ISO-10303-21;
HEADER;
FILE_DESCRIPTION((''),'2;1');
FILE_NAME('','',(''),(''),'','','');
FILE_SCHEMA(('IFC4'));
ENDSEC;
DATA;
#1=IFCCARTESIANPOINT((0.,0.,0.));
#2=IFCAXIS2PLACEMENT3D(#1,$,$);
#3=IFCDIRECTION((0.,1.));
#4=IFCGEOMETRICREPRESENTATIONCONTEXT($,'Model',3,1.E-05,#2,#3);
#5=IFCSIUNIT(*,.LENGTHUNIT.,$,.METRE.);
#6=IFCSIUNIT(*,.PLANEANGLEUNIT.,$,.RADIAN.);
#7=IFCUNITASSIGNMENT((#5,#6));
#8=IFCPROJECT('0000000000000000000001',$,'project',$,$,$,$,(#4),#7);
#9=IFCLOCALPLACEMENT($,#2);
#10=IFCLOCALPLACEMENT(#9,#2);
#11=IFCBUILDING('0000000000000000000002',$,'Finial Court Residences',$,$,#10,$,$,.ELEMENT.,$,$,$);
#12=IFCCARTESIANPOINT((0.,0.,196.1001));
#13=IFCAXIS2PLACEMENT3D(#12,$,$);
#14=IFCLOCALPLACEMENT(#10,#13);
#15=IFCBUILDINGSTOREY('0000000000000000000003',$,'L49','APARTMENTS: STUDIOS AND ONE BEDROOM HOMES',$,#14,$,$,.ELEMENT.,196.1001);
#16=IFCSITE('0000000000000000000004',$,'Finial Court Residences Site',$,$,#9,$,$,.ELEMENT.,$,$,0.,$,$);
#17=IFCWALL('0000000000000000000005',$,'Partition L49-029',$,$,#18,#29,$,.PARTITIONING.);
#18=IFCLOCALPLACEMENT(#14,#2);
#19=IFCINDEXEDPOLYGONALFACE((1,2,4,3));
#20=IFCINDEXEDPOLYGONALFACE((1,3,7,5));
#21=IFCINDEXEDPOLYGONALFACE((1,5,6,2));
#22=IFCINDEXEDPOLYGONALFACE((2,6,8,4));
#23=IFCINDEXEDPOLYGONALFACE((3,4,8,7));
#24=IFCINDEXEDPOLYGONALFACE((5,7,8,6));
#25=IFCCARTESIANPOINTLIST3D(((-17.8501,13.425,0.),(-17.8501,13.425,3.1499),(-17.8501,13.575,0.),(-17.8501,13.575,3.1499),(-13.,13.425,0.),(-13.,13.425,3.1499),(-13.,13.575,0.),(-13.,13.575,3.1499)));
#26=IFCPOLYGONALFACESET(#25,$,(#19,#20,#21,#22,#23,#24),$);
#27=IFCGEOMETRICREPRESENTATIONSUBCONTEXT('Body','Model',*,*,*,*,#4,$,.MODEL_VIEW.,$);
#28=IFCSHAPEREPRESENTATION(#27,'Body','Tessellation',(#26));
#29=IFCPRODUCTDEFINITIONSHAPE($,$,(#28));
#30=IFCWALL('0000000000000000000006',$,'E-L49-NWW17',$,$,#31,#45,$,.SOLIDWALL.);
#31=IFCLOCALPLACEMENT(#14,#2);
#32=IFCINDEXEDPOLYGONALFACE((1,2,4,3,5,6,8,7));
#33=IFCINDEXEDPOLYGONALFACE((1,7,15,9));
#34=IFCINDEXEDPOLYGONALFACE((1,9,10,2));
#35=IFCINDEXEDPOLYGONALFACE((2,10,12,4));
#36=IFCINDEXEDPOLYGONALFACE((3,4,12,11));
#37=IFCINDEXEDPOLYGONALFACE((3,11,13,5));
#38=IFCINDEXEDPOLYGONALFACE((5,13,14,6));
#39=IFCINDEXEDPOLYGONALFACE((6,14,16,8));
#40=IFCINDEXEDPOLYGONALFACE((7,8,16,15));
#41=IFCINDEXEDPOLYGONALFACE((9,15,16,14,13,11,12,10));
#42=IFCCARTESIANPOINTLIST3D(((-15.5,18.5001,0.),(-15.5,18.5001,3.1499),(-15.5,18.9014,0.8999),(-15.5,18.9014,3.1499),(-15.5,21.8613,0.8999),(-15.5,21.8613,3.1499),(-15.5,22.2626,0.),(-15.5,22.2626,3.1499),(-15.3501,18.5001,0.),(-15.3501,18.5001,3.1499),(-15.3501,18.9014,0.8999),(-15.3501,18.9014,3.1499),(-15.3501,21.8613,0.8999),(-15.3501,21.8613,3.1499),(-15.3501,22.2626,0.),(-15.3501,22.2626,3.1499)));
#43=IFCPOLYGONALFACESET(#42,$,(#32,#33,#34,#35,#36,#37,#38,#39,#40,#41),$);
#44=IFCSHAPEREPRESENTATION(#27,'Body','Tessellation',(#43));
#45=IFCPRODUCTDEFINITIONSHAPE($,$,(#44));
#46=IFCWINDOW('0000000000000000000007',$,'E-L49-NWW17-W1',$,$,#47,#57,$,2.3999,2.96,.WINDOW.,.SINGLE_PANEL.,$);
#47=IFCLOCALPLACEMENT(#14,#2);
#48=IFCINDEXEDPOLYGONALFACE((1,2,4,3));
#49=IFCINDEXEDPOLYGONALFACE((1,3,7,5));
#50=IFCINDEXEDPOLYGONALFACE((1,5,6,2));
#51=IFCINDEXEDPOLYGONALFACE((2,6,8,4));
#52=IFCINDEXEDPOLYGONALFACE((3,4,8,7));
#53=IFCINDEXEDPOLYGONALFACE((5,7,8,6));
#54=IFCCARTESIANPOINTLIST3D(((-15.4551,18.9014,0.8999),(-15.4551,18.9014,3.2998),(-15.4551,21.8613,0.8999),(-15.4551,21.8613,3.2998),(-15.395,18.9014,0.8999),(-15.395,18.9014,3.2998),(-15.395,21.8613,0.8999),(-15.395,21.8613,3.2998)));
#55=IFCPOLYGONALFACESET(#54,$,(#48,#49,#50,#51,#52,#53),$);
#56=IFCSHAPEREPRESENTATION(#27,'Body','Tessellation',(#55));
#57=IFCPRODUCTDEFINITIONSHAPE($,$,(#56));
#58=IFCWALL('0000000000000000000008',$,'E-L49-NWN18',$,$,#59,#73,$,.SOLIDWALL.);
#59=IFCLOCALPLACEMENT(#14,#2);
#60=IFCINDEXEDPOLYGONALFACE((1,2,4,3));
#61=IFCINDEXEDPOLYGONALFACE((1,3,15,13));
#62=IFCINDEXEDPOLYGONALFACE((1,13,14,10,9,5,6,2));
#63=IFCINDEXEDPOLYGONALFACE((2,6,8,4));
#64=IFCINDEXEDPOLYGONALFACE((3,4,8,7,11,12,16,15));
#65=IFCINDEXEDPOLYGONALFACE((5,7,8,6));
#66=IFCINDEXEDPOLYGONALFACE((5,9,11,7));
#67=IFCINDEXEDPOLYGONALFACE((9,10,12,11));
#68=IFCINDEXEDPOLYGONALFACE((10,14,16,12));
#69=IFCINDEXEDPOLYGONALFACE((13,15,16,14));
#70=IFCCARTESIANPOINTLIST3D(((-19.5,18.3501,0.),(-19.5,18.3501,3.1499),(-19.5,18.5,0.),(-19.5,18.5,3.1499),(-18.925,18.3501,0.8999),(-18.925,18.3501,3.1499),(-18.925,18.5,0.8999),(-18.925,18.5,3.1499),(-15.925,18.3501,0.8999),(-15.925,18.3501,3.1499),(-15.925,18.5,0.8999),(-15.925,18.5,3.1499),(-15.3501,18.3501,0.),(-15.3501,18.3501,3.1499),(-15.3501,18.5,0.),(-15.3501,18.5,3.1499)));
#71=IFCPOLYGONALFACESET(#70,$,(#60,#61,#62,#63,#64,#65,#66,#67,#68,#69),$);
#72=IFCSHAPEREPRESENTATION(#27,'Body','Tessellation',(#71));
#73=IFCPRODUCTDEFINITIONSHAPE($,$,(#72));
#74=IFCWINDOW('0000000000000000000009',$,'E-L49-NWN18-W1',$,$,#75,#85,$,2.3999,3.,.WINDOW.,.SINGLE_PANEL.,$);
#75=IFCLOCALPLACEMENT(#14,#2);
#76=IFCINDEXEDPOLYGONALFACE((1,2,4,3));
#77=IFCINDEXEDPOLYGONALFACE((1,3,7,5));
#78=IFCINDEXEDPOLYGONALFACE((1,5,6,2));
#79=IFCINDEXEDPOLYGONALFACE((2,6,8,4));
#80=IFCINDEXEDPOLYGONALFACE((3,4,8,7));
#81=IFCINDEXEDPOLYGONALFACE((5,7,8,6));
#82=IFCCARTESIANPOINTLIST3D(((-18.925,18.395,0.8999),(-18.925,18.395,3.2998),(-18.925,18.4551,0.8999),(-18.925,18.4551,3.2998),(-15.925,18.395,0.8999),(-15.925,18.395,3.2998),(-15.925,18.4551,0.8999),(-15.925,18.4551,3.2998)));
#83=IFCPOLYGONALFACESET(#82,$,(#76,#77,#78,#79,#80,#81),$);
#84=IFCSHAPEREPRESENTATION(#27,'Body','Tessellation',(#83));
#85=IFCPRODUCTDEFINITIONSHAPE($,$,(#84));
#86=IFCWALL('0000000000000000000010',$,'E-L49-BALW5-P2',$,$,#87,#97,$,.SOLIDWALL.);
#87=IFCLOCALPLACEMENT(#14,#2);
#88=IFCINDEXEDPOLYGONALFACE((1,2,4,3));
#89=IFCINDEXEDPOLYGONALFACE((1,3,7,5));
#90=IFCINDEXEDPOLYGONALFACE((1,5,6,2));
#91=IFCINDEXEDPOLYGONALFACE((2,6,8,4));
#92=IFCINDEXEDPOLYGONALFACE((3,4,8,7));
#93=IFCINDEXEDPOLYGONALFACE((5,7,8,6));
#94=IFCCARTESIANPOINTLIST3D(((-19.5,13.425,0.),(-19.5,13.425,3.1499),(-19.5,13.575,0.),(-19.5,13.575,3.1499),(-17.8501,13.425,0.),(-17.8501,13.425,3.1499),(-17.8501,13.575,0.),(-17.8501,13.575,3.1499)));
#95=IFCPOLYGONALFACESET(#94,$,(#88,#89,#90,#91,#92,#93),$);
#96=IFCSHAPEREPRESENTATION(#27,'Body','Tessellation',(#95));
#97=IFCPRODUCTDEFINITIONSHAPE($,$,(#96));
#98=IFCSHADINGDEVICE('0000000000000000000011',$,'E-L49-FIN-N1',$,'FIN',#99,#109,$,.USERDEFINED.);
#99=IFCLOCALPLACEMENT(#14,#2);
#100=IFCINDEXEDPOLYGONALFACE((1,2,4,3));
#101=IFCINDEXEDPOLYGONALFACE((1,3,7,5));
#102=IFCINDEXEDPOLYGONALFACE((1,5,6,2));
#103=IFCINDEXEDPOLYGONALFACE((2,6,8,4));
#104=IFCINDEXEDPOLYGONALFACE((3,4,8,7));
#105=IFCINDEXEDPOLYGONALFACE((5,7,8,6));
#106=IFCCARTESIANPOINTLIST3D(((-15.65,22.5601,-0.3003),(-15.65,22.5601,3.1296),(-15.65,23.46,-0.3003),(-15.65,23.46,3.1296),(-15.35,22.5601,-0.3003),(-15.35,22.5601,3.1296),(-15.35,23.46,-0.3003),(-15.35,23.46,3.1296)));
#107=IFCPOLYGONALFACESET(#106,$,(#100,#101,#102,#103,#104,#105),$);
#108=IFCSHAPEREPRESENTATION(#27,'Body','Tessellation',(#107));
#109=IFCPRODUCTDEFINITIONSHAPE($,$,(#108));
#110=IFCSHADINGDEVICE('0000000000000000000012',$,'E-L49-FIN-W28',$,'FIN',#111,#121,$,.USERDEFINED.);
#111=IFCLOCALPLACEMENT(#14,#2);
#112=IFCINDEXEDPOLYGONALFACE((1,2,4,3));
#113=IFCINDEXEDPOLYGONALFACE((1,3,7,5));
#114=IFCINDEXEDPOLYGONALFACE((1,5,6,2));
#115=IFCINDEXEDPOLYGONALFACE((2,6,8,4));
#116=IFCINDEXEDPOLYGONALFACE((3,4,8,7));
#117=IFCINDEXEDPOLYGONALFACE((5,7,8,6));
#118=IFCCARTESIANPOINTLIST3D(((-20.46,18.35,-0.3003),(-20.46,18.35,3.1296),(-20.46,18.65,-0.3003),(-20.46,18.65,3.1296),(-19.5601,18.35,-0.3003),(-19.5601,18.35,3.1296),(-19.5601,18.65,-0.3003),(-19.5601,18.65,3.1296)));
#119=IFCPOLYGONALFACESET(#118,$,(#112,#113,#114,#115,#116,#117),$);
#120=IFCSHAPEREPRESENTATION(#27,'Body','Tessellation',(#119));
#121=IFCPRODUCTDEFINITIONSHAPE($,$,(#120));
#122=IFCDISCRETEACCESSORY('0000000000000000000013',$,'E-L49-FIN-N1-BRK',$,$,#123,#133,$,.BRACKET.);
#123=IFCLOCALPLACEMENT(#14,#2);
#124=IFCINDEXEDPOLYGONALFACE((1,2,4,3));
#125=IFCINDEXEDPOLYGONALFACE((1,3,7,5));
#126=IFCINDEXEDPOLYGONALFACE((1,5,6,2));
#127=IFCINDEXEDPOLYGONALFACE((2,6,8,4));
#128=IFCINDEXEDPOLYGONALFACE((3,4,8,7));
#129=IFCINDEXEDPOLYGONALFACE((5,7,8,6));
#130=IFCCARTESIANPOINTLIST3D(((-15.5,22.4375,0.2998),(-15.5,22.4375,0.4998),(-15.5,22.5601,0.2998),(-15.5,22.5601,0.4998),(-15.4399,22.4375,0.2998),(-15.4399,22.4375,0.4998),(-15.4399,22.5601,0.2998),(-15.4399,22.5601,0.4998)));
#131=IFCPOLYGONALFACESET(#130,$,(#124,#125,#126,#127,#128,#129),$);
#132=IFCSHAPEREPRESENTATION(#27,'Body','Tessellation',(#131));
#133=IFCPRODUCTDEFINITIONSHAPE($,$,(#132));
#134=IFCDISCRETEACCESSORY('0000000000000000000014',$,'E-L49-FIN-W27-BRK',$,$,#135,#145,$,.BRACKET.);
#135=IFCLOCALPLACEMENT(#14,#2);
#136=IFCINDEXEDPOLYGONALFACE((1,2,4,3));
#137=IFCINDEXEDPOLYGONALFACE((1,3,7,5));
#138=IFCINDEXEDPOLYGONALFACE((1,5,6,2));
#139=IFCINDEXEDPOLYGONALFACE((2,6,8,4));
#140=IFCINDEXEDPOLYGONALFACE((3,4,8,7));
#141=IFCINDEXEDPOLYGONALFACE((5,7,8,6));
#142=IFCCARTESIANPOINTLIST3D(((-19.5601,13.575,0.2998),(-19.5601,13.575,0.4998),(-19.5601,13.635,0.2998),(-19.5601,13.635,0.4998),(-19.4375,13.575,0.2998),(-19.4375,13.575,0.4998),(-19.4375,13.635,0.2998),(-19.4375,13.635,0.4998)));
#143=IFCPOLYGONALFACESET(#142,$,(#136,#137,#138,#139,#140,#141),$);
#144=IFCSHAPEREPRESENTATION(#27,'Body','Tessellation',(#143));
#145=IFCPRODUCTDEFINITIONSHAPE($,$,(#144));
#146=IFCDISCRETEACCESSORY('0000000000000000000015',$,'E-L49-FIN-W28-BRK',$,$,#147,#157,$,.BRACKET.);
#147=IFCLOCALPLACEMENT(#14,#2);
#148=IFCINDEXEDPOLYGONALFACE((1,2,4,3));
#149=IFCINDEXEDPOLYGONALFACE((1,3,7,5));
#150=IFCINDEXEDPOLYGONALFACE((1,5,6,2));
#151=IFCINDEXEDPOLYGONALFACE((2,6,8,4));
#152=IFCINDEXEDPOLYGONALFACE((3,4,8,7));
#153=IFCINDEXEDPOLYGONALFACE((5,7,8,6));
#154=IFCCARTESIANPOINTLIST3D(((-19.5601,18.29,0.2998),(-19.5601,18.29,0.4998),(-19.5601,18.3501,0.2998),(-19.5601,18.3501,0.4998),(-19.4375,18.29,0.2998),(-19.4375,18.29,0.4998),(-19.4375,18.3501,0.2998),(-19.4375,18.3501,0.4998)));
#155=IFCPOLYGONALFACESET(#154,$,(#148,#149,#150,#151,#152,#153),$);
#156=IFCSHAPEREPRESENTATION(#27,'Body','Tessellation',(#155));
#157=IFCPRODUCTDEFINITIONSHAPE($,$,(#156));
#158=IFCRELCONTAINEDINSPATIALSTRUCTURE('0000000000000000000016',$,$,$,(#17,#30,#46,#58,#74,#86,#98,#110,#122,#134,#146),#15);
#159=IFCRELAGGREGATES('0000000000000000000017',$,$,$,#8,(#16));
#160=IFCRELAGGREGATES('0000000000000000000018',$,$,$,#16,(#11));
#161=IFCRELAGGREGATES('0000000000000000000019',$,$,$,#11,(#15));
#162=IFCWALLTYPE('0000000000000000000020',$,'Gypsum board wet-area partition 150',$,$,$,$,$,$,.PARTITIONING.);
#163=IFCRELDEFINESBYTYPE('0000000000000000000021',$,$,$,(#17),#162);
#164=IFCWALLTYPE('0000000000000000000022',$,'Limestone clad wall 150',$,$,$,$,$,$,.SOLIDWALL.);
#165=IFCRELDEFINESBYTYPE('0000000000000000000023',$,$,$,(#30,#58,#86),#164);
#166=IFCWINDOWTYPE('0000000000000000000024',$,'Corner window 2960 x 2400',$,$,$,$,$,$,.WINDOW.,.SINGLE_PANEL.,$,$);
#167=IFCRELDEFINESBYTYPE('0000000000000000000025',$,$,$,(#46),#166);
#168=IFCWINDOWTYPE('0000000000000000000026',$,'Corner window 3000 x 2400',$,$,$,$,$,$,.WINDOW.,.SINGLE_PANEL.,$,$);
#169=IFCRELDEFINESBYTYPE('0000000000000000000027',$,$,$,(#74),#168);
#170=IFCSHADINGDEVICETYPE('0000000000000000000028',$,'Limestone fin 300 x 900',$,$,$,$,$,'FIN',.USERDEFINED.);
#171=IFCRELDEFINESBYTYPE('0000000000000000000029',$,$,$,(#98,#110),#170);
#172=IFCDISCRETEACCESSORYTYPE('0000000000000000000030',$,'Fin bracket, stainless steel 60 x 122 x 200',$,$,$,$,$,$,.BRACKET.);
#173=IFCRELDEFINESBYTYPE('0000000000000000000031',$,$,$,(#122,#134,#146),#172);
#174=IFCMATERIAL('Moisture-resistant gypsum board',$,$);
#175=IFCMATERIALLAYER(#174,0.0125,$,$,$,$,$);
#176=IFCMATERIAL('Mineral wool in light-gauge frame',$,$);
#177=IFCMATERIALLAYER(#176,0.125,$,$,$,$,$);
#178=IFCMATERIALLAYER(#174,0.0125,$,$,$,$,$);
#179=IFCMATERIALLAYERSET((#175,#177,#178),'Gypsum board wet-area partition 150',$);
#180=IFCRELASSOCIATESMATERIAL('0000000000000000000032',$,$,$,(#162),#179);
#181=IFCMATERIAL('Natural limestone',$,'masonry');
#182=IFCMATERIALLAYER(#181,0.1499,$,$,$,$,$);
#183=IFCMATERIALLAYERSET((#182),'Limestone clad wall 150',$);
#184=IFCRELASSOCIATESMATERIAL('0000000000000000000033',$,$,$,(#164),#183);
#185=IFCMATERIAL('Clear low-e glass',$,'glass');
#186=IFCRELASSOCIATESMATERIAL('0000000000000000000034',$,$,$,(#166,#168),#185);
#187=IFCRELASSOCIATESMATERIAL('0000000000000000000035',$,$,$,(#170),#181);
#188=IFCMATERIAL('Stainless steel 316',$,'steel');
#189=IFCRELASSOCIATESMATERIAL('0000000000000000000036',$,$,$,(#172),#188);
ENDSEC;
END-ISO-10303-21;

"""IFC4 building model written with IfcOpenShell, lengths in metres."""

from ifc_helpers import new_model, si_unit, direction, frame, frame_2d, origin, origin_2d, place, context, subcontext, project, spatial, rectangle, extrude, material, layer, layer_set, type_object, element, fill, save


model = new_model("IFC4")

# Units and contexts
model_context = context("Model", 3, precision=1e-05, world=origin(), true_north=direction((0.0, 1.0)))
body_context = subcontext(model_context, "Body", "Model", "MODEL_VIEW")
ifc_project = project(units=[si_unit("LENGTHUNIT", "METRE"), si_unit("PLANEANGLEUNIT", "RADIAN")], contexts=[model_context])

# Site, building, storey
site_placement = place(None, origin())
site = spatial("IfcSite", under=ifc_project, at=site_placement, Name="Finial Court Residences Site", CompositionType="ELEMENT", RefElevation=0.0)
building_placement = place(site_placement, origin())
building = spatial("IfcBuilding", under=site, at=building_placement, Name="Finial Court Residences", CompositionType="ELEMENT")
storey_placement = place(building_placement, frame((0.0, 0.0, 196.1001)))
storey = spatial("IfcBuildingStorey", under=building, at=storey_placement, Name="L49", Description="APARTMENTS: STUDIOS AND ONE BEDROOM HOMES", CompositionType="ELEMENT", Elevation=196.1001)

# Shared definitions
ifc_material_1 = material(Name="Clear low-e glass", Category="glass")

# Shared definitions
ifc_material_2 = material(Name="Mineral wool in light-gauge frame")

# Wall
ifc_material_3 = material(Name="Moisture-resistant gypsum board")
ifc_layer_1 = layer(ifc_material_3, 0.0125)
ifc_layer_2 = layer(ifc_material_2, 0.125)
ifc_layer_3 = layer(ifc_material_3, 0.0125)
ifc_layer_set_1 = layer_set([ifc_layer_1, ifc_layer_2, ifc_layer_3], Name="Gypsum board wet-area partition 150")
wall_type_1 = type_object("IfcWallType", Name="Gypsum board wet-area partition 150", PredefinedType="PARTITIONING", material=ifc_layer_set_1)
wall_1_placement = place(storey_placement, frame((-17.8501, 13.5, 0.0), z_axis=(0.0, 0.0, 1.0), x_axis=(1.0, 0.0, 0.0)))
element("IfcWall", 1, at=wall_1_placement, inside=storey, type_object=wall_type_1, Name="Partition L49-029", PredefinedType="PARTITIONING", context=body_context, shape_type="SweptSolid", body=[
    extrude(rectangle(XDim=4.8501, YDim=0.1499, at=frame_2d((2.425, 0.0))), origin(), (0.0, 0.0, 1.0), 3.1499),
])

# Walls, openings, windows
ifc_material_4 = material(Name="Natural limestone", Category="masonry")
ifc_layer_4 = layer(ifc_material_4, 0.1499)
ifc_layer_set_2 = layer_set([ifc_layer_4], Name="Limestone clad wall 150")
wall_type_2 = type_object("IfcWallType", Name="Limestone clad wall 150", PredefinedType="SOLIDWALL", material=ifc_layer_set_2)
wall_2_placement = place(storey_placement, frame((-15.425, 18.5, 0.0), z_axis=(0.0, 0.0, 1.0), x_axis=(0.0, 1.0, 0.0)))
wall_2 = element("IfcWall", 2, at=wall_2_placement, inside=storey, type_object=wall_type_2, Name="E-L49-NWW17", PredefinedType="SOLIDWALL", context=body_context, shape_type="SweptSolid", body=[
    extrude(rectangle(XDim=3.7625, YDim=0.1499, at=frame_2d((1.8813, 0.0))), origin(), (0.0, 0.0, 1.0), 3.1499),
])
opening_1_placement = place(wall_2_placement, frame((0.4014, 0.0, 0.8999)))
opening_1 = element("IfcOpeningElement", 3, at=opening_1_placement, cuts=wall_2, PredefinedType="OPENING", context=body_context, shape_type="SweptSolid", body=[
    extrude(rectangle(XDim=2.96, YDim=2.3999, at=frame_2d((1.48, 1.2))), frame((0.0, 0.085, 0.0), z_axis=(0.0, -1.0, 0.0), x_axis=(1.0, 0.0, 0.0)), (0.0, 0.0, 1.0), 0.1699),
])
window_type_1 = type_object("IfcWindowType", Name="Corner window 2960 x 2400", PartitioningType="SINGLE_PANEL", PredefinedType="WINDOW", material=ifc_material_1)
window_1_placement = place(opening_1_placement, origin())
window_1 = element("IfcWindow", 4, at=window_1_placement, inside=storey, type_object=window_type_1, Name="E-L49-NWW17-W1", OverallHeight=2.3999, OverallWidth=2.96, PartitioningType="SINGLE_PANEL", PredefinedType="WINDOW", context=body_context, shape_type="SweptSolid", body=[
    extrude(rectangle(XDim=2.96, YDim=2.3999, at=frame_2d((1.48, 1.2))), frame((0.0, 0.03, 0.0), z_axis=(0.0, -1.0, 0.0), x_axis=(1.0, 0.0, 0.0)), (0.0, 0.0, 1.0), 0.0601),
])
fill(opening_1, window_1)
wall_3_placement = place(storey_placement, frame((-19.5, 18.425, 0.0), z_axis=(0.0, 0.0, 1.0), x_axis=(1.0, 0.0, 0.0)))
wall_3 = element("IfcWall", 5, at=wall_3_placement, inside=storey, type_object=wall_type_2, Name="E-L49-NWN18", PredefinedType="SOLIDWALL", context=body_context, shape_type="SweptSolid", body=[
    extrude(rectangle(XDim=4.1499, YDim=0.1499, at=frame_2d((2.075, 0.0))), origin(), (0.0, 0.0, 1.0), 3.1499),
])
opening_2_placement = place(wall_3_placement, frame((0.575, 0.0, 0.8999)))
opening_2 = element("IfcOpeningElement", 6, at=opening_2_placement, cuts=wall_3, PredefinedType="OPENING", context=body_context, shape_type="SweptSolid", body=[
    extrude(rectangle(XDim=3.0, YDim=2.3999, at=frame_2d((1.5, 1.2))), frame((0.0, 0.085, 0.0), z_axis=(0.0, -1.0, 0.0), x_axis=(1.0, 0.0, 0.0)), (0.0, 0.0, 1.0), 0.1699),
])
window_type_2 = type_object("IfcWindowType", Name="Corner window 3000 x 2400", PartitioningType="SINGLE_PANEL", PredefinedType="WINDOW", material=ifc_material_1)
window_2_placement = place(opening_2_placement, origin())
window_2 = element("IfcWindow", 7, at=window_2_placement, inside=storey, type_object=window_type_2, Name="E-L49-NWN18-W1", OverallHeight=2.3999, OverallWidth=3.0, PartitioningType="SINGLE_PANEL", PredefinedType="WINDOW", context=body_context, shape_type="SweptSolid", body=[
    extrude(rectangle(XDim=3.0, YDim=2.3999, at=frame_2d((1.5, 1.2))), frame((0.0, 0.03, 0.0), z_axis=(0.0, -1.0, 0.0), x_axis=(1.0, 0.0, 0.0)), (0.0, 0.0, 1.0), 0.0601),
])
fill(opening_2, window_2)

# Wall
wall_4_placement = place(storey_placement, frame((-17.8501, 13.5, 0.0), z_axis=(0.0, 0.0, 1.0), x_axis=(-1.0, 0.0, 0.0)))
element("IfcWall", 8, at=wall_4_placement, inside=storey, type_object=wall_type_2, Name="E-L49-BALW5-P2", PredefinedType="SOLIDWALL", context=body_context, shape_type="SweptSolid", body=[
    extrude(rectangle(XDim=1.6499, YDim=0.1499, at=frame_2d((0.825, 0.0))), origin(), (0.0, 0.0, 1.0), 3.1499),
])

# Shading devices
shading_device_type = type_object("IfcShadingDeviceType", Name="Limestone fin 300 x 900", ElementType="FIN", PredefinedType="USERDEFINED", material=ifc_material_4)
shading_device_1_placement = place(storey_placement, frame((-15.5, 23.01, -0.3003), z_axis=(0.0, 0.0, 1.0), x_axis=(1.0, 0.0, 0.0)))
element("IfcShadingDevice", 9, at=shading_device_1_placement, inside=storey, type_object=shading_device_type, Name="E-L49-FIN-N1", ObjectType="FIN", PredefinedType="USERDEFINED", context=body_context, shape_type="SweptSolid", body=[
    extrude(rectangle(XDim=0.3, YDim=0.8999, at=origin_2d()), origin(), (0.0, 0.0, 1.0), 3.4299),
])
shading_device_2_placement = place(storey_placement, frame((-20.01, 18.5, -0.3003), z_axis=(0.0, 0.0, 1.0), x_axis=(1.0, 0.0, 0.0)))
element("IfcShadingDevice", 10, at=shading_device_2_placement, inside=storey, type_object=shading_device_type, Name="E-L49-FIN-W28", ObjectType="FIN", PredefinedType="USERDEFINED", context=body_context, shape_type="SweptSolid", body=[
    extrude(rectangle(XDim=0.8999, YDim=0.3, at=origin_2d()), origin(), (0.0, 0.0, 1.0), 3.4299),
])

# Discrete accessories
ifc_material_5 = material(Name="Stainless steel 316", Category="steel")
discrete_accessory_type = type_object("IfcDiscreteAccessoryType", Name="Fin bracket, stainless steel 60 x 122 x 200", PredefinedType="BRACKET", material=ifc_material_5)
discrete_accessory_placement = place(storey_placement, frame((-15.47, 22.4988, 0.2998), z_axis=(0.0, 0.0, 1.0), x_axis=(1.0, 0.0, 0.0)))
element("IfcDiscreteAccessory", 11, at=discrete_accessory_placement, inside=storey, type_object=discrete_accessory_type, Name="E-L49-FIN-N1-BRK", PredefinedType="BRACKET", context=body_context, shape_type="SweptSolid", body=[
    extrude(rectangle(XDim=0.0601, YDim=0.1226, at=origin_2d()), origin(), (0.0, 0.0, 1.0), 0.2),
])
for number, where, z_axis, x_axis, name in (
    (12, (-19.4988, 13.605, 0.2998), (0.0, 0.0, 1.0), (1.0, 0.0, 0.0), "E-L49-FIN-W27-BRK"),
    (13, (-19.4988, 18.3201, 0.2998), (0.0, 0.0, 1.0), (1.0, 0.0, 0.0), "E-L49-FIN-W28-BRK"),
):
    element("IfcDiscreteAccessory", number, at=place(storey_placement, frame(where, z_axis=z_axis, x_axis=x_axis)), inside=storey, type_object=discrete_accessory_type, Name=name, PredefinedType="BRACKET", context=body_context, shape_type="SweptSolid", body=[
        extrude(rectangle(XDim=0.1226, YDim=0.0601, at=origin_2d()), origin(), (0.0, 0.0, 1.0), 0.2),
    ])

save(model, "model.ifc")
